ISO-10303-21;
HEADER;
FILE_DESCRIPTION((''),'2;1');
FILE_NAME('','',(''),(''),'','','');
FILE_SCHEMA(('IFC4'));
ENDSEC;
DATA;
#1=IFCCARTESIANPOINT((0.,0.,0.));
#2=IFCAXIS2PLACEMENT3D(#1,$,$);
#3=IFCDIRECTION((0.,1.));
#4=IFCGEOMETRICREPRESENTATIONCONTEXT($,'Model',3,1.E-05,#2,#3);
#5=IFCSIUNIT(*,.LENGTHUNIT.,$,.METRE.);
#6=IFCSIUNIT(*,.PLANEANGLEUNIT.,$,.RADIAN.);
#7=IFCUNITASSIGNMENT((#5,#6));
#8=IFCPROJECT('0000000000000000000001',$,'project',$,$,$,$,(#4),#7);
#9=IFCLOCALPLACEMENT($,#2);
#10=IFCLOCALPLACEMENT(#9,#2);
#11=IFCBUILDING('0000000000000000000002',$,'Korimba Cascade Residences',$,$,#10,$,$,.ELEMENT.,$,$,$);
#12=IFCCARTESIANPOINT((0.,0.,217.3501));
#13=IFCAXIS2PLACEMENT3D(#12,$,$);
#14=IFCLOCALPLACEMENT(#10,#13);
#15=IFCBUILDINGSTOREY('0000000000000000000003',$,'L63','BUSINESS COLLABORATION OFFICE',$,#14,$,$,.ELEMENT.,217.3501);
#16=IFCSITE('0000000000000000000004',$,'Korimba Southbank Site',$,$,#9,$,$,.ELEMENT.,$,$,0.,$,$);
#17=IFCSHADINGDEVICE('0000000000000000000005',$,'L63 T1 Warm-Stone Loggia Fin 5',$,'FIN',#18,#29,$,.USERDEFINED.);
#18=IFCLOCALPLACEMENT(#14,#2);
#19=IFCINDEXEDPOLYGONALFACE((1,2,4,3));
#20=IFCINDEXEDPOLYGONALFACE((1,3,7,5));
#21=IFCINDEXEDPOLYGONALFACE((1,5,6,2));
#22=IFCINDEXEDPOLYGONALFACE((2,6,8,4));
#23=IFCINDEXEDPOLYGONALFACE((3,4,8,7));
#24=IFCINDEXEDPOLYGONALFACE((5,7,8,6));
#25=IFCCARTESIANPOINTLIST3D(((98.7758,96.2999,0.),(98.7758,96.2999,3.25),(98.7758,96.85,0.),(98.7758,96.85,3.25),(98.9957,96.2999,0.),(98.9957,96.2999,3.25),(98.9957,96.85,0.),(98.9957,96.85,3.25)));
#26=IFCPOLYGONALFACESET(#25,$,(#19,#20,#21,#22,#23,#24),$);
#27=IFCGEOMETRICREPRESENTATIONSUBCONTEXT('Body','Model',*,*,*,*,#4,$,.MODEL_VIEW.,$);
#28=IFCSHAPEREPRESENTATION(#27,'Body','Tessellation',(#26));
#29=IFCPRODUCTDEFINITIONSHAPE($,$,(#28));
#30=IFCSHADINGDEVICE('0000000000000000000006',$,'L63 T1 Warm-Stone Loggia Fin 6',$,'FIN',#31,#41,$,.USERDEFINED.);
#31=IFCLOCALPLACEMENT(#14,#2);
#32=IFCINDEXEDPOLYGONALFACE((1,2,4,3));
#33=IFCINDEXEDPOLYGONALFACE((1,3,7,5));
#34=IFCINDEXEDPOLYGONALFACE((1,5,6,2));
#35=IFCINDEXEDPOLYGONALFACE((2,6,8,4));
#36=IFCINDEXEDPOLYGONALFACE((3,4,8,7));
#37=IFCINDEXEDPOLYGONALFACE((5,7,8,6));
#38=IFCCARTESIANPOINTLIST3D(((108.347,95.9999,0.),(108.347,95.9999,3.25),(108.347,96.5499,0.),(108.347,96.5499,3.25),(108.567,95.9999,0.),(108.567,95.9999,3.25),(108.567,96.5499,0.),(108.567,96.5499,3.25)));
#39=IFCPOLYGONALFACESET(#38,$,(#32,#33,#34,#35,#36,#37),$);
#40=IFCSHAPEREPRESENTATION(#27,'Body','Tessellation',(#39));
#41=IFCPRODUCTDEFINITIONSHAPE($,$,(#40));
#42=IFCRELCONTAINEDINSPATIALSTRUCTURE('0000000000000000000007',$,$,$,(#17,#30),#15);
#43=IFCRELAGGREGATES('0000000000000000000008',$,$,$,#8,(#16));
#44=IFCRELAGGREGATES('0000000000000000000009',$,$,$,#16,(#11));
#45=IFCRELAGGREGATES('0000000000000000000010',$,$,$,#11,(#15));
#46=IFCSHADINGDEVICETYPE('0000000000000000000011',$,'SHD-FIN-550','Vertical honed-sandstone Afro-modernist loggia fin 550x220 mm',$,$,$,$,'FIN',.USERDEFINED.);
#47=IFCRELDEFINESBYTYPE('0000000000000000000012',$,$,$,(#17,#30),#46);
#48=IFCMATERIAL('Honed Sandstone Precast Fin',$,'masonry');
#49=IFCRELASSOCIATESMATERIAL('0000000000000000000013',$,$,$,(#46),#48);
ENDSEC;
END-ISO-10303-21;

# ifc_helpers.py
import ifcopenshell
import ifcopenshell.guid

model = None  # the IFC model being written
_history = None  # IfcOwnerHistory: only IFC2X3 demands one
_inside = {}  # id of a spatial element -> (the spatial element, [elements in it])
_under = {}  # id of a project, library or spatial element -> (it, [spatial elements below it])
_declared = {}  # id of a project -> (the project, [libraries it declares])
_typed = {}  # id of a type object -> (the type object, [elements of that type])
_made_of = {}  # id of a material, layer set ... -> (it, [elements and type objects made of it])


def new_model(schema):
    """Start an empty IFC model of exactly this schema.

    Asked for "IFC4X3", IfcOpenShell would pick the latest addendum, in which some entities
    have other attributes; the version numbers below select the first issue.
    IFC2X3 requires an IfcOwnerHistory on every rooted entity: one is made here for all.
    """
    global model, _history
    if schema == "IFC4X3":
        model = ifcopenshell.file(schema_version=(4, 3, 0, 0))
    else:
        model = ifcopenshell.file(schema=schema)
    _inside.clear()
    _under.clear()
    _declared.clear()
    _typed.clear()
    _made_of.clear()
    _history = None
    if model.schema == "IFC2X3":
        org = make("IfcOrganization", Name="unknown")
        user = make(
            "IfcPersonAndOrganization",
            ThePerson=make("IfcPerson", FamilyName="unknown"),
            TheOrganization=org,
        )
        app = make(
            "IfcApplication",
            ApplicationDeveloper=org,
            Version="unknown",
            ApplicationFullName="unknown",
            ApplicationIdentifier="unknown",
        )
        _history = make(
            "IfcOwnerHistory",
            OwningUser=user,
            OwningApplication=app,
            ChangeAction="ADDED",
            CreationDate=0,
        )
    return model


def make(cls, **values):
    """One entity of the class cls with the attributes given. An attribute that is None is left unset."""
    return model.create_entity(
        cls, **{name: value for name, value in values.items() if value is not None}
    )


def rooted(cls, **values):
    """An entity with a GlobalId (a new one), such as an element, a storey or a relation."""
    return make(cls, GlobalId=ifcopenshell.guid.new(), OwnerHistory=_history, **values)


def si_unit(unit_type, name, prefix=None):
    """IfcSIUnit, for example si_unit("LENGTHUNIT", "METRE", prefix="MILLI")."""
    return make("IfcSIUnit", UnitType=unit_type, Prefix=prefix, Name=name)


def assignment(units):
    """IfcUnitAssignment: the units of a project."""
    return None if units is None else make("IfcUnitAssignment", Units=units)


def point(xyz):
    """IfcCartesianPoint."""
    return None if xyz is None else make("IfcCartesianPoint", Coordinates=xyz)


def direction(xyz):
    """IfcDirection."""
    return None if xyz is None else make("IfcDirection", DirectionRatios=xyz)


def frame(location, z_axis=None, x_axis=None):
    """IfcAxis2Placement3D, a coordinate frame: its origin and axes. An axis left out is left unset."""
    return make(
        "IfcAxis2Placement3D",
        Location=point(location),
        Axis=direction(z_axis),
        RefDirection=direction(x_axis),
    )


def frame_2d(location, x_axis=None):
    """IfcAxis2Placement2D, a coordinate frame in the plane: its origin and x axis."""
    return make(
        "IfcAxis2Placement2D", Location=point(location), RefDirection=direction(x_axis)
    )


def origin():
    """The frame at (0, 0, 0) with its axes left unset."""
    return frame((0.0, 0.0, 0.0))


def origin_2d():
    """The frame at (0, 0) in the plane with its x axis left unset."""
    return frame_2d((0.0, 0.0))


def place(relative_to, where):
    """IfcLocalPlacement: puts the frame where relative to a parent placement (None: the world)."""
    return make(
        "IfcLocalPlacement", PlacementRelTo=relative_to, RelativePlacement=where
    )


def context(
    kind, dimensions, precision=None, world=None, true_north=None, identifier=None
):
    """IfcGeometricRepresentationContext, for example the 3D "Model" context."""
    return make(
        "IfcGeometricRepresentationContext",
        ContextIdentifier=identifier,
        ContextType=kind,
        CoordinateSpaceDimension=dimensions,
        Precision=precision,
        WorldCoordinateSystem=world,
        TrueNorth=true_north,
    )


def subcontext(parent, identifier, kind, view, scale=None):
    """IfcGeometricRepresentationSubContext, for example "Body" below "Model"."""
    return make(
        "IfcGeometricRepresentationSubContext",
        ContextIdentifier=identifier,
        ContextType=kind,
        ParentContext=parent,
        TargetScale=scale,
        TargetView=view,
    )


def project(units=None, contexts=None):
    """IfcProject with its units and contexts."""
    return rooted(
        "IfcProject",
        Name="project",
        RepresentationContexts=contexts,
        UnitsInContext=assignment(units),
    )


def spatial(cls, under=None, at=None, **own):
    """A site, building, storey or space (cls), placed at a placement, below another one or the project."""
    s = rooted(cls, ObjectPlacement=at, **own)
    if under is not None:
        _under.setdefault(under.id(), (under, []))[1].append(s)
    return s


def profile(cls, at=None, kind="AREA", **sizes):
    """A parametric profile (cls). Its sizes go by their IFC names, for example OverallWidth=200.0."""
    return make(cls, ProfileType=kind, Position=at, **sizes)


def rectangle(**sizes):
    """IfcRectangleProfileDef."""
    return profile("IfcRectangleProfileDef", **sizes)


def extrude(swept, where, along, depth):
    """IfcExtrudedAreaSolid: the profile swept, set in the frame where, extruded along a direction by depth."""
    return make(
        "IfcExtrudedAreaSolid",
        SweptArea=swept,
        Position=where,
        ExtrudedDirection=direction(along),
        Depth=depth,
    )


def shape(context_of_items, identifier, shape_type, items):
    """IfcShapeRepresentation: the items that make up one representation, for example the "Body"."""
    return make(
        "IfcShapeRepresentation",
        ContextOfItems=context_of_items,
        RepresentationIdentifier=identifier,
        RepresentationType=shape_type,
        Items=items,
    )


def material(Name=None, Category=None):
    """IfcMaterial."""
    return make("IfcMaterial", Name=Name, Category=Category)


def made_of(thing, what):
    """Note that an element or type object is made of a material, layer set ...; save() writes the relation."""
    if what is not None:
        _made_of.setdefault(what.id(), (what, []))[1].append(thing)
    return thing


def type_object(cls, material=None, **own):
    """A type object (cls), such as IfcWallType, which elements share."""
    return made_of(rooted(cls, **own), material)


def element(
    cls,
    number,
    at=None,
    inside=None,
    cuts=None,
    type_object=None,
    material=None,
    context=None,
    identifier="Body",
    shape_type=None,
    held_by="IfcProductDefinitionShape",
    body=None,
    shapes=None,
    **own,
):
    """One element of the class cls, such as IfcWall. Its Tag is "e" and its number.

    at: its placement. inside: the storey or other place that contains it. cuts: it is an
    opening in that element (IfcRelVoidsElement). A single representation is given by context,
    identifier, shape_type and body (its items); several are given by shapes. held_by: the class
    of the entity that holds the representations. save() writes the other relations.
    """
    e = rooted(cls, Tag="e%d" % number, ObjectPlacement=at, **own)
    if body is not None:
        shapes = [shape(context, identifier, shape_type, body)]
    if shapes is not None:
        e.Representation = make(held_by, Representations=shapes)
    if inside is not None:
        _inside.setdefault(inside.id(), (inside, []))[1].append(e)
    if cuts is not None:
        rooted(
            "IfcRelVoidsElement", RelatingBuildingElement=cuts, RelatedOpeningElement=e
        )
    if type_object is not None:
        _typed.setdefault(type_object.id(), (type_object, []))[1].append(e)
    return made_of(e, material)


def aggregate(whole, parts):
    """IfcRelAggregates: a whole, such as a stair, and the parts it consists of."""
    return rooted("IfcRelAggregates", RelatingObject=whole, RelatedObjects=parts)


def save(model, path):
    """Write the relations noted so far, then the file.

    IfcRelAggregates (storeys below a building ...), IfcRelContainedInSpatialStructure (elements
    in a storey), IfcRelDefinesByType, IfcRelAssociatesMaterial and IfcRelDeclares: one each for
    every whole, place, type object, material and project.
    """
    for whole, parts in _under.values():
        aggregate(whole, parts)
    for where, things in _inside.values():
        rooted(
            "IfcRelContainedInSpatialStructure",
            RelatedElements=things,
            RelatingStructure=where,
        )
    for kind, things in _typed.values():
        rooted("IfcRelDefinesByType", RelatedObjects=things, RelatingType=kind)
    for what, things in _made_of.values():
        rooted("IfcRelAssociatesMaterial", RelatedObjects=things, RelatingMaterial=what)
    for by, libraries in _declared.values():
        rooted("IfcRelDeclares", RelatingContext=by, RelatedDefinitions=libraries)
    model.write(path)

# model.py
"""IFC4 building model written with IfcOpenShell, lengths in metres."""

from ifc_helpers import new_model, si_unit, direction, frame, origin, origin_2d, place, context, subcontext, project, spatial, rectangle, extrude, material, type_object, element, save


model = new_model("IFC4")

# Units and contexts
model_context = context("Model", 3, precision=1e-05, world=origin(), true_north=direction((0.0, 1.0)))
body_context = subcontext(model_context, "Body", "Model", "MODEL_VIEW")
ifc_project = project(units=[si_unit("LENGTHUNIT", "METRE"), si_unit("PLANEANGLEUNIT", "RADIAN")], contexts=[model_context])

# Site, building, storey
site_placement = place(None, origin())
site = spatial("IfcSite", under=ifc_project, at=site_placement, Name="Korimba Southbank Site", CompositionType="ELEMENT", RefElevation=0.0)
building_placement = place(site_placement, origin())
building = spatial("IfcBuilding", under=site, at=building_placement, Name="Korimba Cascade Residences", CompositionType="ELEMENT")
storey_placement = place(building_placement, frame((0.0, 0.0, 217.3501)))
storey = spatial("IfcBuildingStorey", under=building, at=storey_placement, Name="L63", Description="BUSINESS COLLABORATION OFFICE", CompositionType="ELEMENT", Elevation=217.3501)

# Shading devices
ifc_material_1 = material(Name="Honed Sandstone Precast Fin", Category="masonry")
shading_device_type = type_object("IfcShadingDeviceType", Name="SHD-FIN-550", Description="Vertical honed-sandstone Afro-modernist loggia fin 550x220 mm", ElementType="FIN", PredefinedType="USERDEFINED", material=ifc_material_1)
for number, where, z_axis, x_axis, name in (
    (1, (98.8857, 96.575, 0.0), (0.0, 0.0, 1.0), (1.0, 0.0, 0.0), "L63 T1 Warm-Stone Loggia Fin 5"),
    (2, (108.457, 96.2749, 0.0), (0.0, 0.0, 1.0), (1.0, 0.0, 0.0), "L63 T1 Warm-Stone Loggia Fin 6"),
):
    element("IfcShadingDevice", number, at=place(storey_placement, frame(where, z_axis=z_axis, x_axis=x_axis)), inside=storey, type_object=shading_device_type, Name=name, ObjectType="FIN", PredefinedType="USERDEFINED", context=body_context, shape_type="SweptSolid", body=[
        extrude(rectangle(XDim=0.22, YDim=0.55, at=origin_2d()), origin(), (0.0, 0.0, 1.0), 3.25),
    ])

save(model, "model.ifc")
